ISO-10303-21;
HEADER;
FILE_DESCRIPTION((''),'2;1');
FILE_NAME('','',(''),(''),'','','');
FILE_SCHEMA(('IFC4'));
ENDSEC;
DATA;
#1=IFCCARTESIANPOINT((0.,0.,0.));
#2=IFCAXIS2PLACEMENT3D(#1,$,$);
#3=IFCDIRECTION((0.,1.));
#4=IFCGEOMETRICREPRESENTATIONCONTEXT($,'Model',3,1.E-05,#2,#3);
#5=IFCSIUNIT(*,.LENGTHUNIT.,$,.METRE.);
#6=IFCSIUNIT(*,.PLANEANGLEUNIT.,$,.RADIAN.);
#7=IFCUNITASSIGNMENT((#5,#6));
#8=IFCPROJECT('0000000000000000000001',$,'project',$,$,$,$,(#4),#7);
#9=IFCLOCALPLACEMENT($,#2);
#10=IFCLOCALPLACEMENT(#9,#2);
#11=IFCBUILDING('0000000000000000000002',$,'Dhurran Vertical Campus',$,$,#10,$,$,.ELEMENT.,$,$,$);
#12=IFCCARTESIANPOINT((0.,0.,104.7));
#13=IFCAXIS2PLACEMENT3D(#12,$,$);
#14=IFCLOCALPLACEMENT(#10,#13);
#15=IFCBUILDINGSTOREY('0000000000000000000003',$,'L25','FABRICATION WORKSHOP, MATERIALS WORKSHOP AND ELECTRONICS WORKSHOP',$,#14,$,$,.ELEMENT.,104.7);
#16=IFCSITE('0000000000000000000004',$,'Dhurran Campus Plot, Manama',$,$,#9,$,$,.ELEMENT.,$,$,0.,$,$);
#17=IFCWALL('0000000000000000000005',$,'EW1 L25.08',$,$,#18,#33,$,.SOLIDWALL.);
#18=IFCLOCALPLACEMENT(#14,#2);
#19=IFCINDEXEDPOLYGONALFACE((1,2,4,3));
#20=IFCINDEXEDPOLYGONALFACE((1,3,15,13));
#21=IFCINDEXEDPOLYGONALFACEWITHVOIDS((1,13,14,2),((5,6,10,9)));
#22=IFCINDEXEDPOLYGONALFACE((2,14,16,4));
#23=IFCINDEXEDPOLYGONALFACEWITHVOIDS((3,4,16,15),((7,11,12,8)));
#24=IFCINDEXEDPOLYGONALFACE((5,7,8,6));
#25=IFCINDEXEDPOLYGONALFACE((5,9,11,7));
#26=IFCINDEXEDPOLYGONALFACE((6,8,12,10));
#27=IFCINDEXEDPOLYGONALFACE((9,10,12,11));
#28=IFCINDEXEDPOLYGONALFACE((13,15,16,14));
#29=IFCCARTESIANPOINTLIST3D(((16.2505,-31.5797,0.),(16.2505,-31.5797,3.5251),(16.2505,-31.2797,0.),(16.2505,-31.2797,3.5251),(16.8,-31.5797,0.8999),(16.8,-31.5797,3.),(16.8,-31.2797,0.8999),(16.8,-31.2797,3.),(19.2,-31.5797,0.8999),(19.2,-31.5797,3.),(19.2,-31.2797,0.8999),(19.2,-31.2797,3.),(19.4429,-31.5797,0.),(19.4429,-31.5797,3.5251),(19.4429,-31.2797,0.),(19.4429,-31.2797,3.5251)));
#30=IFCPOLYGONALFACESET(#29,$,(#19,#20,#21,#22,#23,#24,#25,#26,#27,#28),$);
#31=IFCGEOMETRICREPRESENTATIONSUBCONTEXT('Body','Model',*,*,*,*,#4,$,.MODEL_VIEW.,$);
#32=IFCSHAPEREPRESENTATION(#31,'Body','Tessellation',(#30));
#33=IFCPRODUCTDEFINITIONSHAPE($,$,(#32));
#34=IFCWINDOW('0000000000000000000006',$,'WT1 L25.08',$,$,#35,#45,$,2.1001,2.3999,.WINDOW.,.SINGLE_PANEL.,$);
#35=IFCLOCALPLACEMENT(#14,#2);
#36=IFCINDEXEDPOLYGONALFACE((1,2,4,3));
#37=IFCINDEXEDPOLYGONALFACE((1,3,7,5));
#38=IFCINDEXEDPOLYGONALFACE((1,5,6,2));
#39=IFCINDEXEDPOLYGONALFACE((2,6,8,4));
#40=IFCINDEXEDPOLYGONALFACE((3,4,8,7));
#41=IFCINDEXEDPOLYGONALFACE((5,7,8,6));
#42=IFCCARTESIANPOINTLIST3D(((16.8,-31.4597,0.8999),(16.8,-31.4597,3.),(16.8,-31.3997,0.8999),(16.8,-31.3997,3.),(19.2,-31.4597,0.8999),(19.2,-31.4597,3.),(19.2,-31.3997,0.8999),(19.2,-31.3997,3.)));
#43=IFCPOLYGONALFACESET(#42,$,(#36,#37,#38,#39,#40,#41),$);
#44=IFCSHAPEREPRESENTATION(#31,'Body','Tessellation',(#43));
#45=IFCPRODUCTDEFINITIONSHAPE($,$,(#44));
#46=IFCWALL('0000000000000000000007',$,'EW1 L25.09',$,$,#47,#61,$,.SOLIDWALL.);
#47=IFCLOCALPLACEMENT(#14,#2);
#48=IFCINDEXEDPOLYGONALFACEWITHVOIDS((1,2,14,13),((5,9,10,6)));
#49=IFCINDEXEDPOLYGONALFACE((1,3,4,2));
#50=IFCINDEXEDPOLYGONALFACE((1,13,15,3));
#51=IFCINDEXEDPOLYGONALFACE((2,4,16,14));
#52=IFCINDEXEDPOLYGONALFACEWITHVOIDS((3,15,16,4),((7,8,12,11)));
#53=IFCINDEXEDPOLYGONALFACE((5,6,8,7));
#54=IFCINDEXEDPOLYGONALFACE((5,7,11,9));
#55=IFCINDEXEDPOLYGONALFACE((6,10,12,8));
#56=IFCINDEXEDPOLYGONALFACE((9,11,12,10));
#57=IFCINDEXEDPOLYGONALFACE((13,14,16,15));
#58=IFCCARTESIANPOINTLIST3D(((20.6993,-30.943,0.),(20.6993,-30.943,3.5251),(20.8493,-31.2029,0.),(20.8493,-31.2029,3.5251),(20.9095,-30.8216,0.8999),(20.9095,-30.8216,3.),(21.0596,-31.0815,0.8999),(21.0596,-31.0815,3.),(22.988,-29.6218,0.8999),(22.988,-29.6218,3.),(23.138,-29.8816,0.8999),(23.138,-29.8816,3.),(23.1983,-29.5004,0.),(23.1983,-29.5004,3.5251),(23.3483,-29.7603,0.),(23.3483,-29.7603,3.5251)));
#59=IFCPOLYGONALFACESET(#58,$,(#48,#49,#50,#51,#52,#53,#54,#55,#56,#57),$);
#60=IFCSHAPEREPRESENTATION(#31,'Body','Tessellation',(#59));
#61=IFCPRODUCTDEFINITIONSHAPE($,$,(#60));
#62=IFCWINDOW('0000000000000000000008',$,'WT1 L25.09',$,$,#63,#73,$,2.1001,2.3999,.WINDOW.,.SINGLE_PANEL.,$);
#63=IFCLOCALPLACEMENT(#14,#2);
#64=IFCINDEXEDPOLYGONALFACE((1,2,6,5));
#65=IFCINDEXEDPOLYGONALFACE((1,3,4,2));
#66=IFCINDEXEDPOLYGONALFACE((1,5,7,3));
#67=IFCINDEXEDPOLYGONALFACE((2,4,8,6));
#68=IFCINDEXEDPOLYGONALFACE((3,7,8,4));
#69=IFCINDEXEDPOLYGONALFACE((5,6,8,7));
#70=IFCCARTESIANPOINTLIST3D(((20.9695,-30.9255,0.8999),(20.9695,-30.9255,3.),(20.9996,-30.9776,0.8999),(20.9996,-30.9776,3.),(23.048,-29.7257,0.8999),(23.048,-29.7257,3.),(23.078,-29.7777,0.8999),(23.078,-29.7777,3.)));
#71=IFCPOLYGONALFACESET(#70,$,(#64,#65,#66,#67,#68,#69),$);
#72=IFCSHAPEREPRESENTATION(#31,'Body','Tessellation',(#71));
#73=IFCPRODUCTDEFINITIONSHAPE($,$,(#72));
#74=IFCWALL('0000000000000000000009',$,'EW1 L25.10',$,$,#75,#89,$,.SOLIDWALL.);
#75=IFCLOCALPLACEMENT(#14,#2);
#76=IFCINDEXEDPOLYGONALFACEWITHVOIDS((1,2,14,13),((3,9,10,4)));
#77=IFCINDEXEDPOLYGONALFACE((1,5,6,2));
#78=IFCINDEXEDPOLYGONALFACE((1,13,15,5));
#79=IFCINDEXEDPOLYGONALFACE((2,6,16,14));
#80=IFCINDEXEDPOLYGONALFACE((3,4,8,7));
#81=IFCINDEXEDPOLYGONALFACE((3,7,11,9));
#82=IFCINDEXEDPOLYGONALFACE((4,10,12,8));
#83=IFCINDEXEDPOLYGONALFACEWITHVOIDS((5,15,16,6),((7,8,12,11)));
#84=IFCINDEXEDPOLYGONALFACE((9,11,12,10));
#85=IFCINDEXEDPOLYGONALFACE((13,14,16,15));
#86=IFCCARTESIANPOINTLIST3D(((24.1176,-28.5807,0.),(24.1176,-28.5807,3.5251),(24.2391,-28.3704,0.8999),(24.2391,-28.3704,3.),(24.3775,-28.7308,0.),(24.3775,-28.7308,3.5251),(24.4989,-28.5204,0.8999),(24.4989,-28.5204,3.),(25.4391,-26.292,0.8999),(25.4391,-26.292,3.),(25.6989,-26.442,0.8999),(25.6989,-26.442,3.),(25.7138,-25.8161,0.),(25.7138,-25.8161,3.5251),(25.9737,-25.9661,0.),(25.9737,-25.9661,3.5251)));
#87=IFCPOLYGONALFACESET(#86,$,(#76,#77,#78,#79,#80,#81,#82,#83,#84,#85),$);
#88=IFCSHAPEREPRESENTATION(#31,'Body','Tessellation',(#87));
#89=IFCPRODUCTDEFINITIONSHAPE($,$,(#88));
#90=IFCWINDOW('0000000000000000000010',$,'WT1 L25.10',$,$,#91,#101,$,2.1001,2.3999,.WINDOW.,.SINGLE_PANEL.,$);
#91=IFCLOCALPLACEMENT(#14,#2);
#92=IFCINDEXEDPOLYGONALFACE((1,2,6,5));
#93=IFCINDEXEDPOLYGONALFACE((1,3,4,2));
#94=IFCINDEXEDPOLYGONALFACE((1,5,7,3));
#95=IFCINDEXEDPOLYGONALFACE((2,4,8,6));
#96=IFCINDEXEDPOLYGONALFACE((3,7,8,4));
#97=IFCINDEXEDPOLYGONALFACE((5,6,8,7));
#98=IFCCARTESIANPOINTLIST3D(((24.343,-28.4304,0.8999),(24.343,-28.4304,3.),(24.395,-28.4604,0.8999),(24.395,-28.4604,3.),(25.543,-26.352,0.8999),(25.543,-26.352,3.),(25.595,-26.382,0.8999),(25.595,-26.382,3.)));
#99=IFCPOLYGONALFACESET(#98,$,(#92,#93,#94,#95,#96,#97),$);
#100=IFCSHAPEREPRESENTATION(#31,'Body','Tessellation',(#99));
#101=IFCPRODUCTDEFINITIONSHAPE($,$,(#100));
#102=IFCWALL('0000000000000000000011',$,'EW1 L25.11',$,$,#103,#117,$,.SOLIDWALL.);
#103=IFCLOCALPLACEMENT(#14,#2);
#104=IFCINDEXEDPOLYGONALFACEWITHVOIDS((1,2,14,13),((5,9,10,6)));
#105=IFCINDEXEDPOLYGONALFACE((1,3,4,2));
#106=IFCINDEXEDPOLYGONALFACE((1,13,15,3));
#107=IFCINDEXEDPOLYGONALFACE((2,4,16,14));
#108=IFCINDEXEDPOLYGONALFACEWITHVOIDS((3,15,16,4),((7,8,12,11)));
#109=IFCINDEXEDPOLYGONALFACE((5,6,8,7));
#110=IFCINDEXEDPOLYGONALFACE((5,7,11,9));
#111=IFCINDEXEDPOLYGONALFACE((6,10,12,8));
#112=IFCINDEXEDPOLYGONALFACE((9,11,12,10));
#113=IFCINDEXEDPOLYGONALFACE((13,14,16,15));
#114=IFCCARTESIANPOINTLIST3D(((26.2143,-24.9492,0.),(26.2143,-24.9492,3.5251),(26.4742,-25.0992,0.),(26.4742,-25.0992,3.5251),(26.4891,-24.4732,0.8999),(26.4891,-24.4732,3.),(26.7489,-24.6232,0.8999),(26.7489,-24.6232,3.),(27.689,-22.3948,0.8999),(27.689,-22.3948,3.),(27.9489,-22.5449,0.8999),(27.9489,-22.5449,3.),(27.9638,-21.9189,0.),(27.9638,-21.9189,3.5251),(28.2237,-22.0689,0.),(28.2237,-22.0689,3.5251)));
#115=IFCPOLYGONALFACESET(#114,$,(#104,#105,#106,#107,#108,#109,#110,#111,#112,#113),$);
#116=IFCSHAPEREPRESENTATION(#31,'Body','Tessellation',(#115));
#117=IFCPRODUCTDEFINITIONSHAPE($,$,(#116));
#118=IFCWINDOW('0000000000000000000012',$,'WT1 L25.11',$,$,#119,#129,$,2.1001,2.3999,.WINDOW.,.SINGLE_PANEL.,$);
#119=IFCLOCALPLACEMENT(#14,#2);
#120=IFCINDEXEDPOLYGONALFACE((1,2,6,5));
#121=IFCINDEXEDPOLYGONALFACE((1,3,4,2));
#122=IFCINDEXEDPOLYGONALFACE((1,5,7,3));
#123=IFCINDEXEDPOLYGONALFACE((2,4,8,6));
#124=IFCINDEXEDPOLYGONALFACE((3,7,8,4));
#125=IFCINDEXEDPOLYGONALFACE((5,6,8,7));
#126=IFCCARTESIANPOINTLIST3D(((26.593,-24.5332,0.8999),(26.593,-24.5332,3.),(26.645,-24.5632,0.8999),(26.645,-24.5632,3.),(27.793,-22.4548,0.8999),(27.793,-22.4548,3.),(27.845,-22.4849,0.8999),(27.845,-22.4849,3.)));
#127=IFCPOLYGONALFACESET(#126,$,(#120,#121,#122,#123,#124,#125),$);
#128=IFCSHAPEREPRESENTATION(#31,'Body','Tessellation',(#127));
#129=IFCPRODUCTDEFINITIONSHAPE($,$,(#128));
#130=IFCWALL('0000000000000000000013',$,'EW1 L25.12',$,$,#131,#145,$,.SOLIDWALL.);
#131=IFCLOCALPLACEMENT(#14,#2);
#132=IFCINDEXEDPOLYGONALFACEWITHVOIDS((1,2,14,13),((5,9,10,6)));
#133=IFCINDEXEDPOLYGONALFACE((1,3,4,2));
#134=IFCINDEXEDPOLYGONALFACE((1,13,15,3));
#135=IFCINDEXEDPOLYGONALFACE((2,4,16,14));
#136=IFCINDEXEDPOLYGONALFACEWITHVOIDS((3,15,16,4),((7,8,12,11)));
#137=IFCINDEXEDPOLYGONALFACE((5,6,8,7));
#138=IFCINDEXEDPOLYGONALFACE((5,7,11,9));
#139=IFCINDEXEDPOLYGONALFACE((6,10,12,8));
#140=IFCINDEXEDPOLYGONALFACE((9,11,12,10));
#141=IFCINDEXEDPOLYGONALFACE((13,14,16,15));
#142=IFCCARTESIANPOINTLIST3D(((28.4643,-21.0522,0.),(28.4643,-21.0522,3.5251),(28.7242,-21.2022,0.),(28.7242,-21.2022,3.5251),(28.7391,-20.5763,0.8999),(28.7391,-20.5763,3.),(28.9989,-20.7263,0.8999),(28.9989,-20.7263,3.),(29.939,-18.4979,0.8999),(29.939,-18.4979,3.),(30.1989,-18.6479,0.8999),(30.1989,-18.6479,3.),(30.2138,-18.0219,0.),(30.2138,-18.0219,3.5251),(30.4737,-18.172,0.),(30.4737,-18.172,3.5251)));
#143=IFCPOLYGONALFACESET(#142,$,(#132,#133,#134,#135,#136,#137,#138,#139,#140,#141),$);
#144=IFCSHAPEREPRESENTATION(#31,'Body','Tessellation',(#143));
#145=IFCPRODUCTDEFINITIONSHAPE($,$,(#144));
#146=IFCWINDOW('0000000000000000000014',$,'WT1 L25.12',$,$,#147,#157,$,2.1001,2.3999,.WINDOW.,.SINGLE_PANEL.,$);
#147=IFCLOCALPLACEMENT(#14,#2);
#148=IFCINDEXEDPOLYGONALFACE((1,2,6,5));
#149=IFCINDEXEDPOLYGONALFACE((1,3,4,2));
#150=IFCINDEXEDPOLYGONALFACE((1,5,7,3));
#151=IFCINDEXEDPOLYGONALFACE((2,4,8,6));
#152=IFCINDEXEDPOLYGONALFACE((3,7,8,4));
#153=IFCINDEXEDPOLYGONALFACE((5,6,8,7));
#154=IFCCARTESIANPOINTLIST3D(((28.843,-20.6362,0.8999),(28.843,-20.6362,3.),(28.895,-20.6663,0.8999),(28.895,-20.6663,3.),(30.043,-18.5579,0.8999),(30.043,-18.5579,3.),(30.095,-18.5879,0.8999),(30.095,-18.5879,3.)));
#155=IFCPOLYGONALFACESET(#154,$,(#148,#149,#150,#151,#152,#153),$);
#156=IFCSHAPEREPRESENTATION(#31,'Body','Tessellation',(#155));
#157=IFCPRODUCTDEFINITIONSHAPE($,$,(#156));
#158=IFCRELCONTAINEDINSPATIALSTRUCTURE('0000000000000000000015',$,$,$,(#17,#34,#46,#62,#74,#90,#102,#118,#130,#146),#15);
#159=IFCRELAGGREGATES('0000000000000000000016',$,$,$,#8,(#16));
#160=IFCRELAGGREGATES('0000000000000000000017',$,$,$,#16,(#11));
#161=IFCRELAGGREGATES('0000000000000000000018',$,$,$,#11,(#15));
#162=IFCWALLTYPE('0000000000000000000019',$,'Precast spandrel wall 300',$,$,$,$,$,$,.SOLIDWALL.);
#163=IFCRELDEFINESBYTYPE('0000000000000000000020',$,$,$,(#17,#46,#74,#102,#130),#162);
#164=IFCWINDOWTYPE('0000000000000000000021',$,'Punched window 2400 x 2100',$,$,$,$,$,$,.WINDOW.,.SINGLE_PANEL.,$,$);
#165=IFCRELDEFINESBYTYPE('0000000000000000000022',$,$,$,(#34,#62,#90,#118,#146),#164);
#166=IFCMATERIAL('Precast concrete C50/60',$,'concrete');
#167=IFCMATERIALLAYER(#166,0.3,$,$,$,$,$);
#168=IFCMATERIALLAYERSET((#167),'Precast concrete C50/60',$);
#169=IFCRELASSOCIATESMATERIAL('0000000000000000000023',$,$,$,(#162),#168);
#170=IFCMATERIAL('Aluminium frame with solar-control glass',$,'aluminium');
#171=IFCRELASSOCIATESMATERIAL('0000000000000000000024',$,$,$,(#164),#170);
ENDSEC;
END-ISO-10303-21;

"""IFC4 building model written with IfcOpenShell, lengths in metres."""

from ifc_helpers import new_model, si_unit, direction, frame, frame_2d, origin, place, context, subcontext, project, spatial, rectangle, extrude, material, layer, layer_set, type_object, element, fill, save


model = new_model("IFC4")

# Units and contexts
model_context = context("Model", 3, precision=1e-05, world=origin(), true_north=direction((0.0, 1.0)))
body_context = subcontext(model_context, "Body", "Model", "MODEL_VIEW")
ifc_project = project(units=[si_unit("LENGTHUNIT", "METRE"), si_unit("PLANEANGLEUNIT", "RADIAN")], contexts=[model_context])

# Site, building, storey
site_placement = place(None, origin())
site = spatial("IfcSite", under=ifc_project, at=site_placement, Name="Dhurran Campus Plot, Manama", CompositionType="ELEMENT", RefElevation=0.0)
building_placement = place(site_placement, origin())
building = spatial("IfcBuilding", under=site, at=building_placement, Name="Dhurran Vertical Campus", CompositionType="ELEMENT")
storey_placement = place(building_placement, frame((0.0, 0.0, 104.7)))
storey = spatial("IfcBuildingStorey", under=building, at=storey_placement, Name="L25", Description="FABRICATION WORKSHOP, MATERIALS WORKSHOP AND ELECTRONICS WORKSHOP", CompositionType="ELEMENT", Elevation=104.7)

# Walls, openings, windows
ifc_material_1 = material(Name="Precast concrete C50/60", Category="concrete")
ifc_layer_1 = layer(ifc_material_1, 0.3)
ifc_layer_set_1 = layer_set([ifc_layer_1], Name="Precast concrete C50/60")
wall_type_1 = type_object("IfcWallType", Name="Precast spandrel wall 300", PredefinedType="SOLIDWALL", material=ifc_layer_set_1)
wall_1_placement = place(storey_placement, frame((16.2505, -31.4297, 0.0), z_axis=(0.0, 0.0, 1.0), x_axis=(1.0, 0.0, 0.0)))
wall_1 = element("IfcWall", 1, at=wall_1_placement, inside=storey, type_object=wall_type_1, Name="EW1 L25.08", PredefinedType="SOLIDWALL", context=body_context, shape_type="SweptSolid", body=[
    extrude(rectangle(XDim=3.1924, YDim=0.3, at=frame_2d((1.5962, 0.0))), origin(), (0.0, 0.0, 1.0), 3.5251),
])
opening_1_placement = place(wall_1_placement, frame((0.5496, 0.0, 0.8999)))
opening_1 = element("IfcOpeningElement", 2, at=opening_1_placement, cuts=wall_1, PredefinedType="OPENING", context=body_context, shape_type="SweptSolid", body=[
    extrude(rectangle(XDim=2.3999, YDim=2.1001, at=frame_2d((1.2, 1.05))), frame((0.0, 0.1599, 0.0), z_axis=(0.0, -1.0, 0.0), x_axis=(1.0, 0.0, 0.0)), (0.0, 0.0, 1.0), 0.3201),
])
ifc_material_2 = material(Name="Aluminium frame with solar-control glass", Category="aluminium")
window_type = type_object("IfcWindowType", Name="Punched window 2400 x 2100", PartitioningType="SINGLE_PANEL", PredefinedType="WINDOW", material=ifc_material_2)
window_1_placement = place(opening_1_placement, origin())
window_1 = element("IfcWindow", 3, at=window_1_placement, inside=storey, type_object=window_type, Name="WT1 L25.08", OverallHeight=2.1001, OverallWidth=2.3999, PartitioningType="SINGLE_PANEL", PredefinedType="WINDOW", context=body_context, shape_type="SweptSolid", body=[
    extrude(rectangle(XDim=2.3999, YDim=2.1001, at=frame_2d((1.2, 1.05))), frame((0.0, 0.03, 0.0), z_axis=(0.0, -1.0, 0.0), x_axis=(1.0, 0.0, 0.0)), (0.0, 0.0, 1.0), 0.0601),
])
fill(opening_1, window_1)
wall_2_placement = place(storey_placement, frame((20.7742, -31.073, 0.0), z_axis=(0.0, 0.0, 1.0), x_axis=(0.866053, 0.499952, 0.0)))
wall_2 = element("IfcWall", 4, at=wall_2_placement, inside=storey, type_object=wall_type_1, Name="EW1 L25.09", PredefinedType="SOLIDWALL", context=body_context, shape_type="SweptSolid", body=[
    extrude(rectangle(XDim=2.8855, YDim=0.3, at=frame_2d((1.4429, 0.0))), origin(), (0.0, 0.0, 1.0), 3.5251),
])
opening_2_placement = place(wall_2_placement, frame((0.2429, 0.0, 0.8999)))
opening_2 = element("IfcOpeningElement", 5, at=opening_2_placement, cuts=wall_2, PredefinedType="OPENING", context=body_context, shape_type="SweptSolid", body=[
    extrude(rectangle(XDim=2.3999, YDim=2.1001, at=frame_2d((1.2, 1.05))), frame((0.0, 0.1599, 0.0), z_axis=(0.0, -1.0, 0.0), x_axis=(1.0, 0.0, 0.0)), (0.0, 0.0, 1.0), 0.3201),
])
window_2_placement = place(opening_2_placement, origin())
window_2 = element("IfcWindow", 6, at=window_2_placement, inside=storey, type_object=window_type, Name="WT1 L25.09", OverallHeight=2.1001, OverallWidth=2.3999, PartitioningType="SINGLE_PANEL", PredefinedType="WINDOW", context=body_context, shape_type="SweptSolid", body=[
    extrude(rectangle(XDim=2.3999, YDim=2.1001, at=frame_2d((1.2, 1.05))), frame((0.0, 0.03, 0.0), z_axis=(0.0, -1.0, 0.0), x_axis=(1.0, 0.0, 0.0)), (0.0, 0.0, 1.0), 0.0601),
])
fill(opening_2, window_2)
wall_3_placement = place(storey_placement, frame((24.2476, -28.6558, 0.0), z_axis=(0.0, 0.0, 1.0), x_axis=(0.500005, 0.866023, 0.0)))
wall_3 = element("IfcWall", 7, at=wall_3_placement, inside=storey, type_object=wall_type_1, Name="EW1 L25.10", PredefinedType="SOLIDWALL", context=body_context, shape_type="SweptSolid", body=[
    extrude(rectangle(XDim=3.1924, YDim=0.3, at=frame_2d((1.5962, 0.0))), origin(), (0.0, 0.0, 1.0), 3.5251),
])
opening_3_placement = place(wall_3_placement, frame((0.2429, 0.0, 0.8999)))
opening_3 = element("IfcOpeningElement", 8, at=opening_3_placement, cuts=wall_3, PredefinedType="OPENING", context=body_context, shape_type="SweptSolid", body=[
    extrude(rectangle(XDim=2.3999, YDim=2.1001, at=frame_2d((1.2, 1.05))), frame((0.0, 0.1599, 0.0), z_axis=(0.0, -1.0, 0.0), x_axis=(1.0, 0.0, 0.0)), (0.0, 0.0, 1.0), 0.3201),
])
window_3_placement = place(opening_3_placement, origin())
window_3 = element("IfcWindow", 9, at=window_3_placement, inside=storey, type_object=window_type, Name="WT1 L25.10", OverallHeight=2.1001, OverallWidth=2.3999, PartitioningType="SINGLE_PANEL", PredefinedType="WINDOW", context=body_context, shape_type="SweptSolid", body=[
    extrude(rectangle(XDim=2.3999, YDim=2.1001, at=frame_2d((1.2, 1.05))), frame((0.0, 0.03, 0.0), z_axis=(0.0, -1.0, 0.0), x_axis=(1.0, 0.0, 0.0)), (0.0, 0.0, 1.0), 0.0601),
])
fill(opening_3, window_3)
wall_4_placement = place(storey_placement, frame((26.3442, -25.0242, 0.0), z_axis=(0.0, 0.0, 1.0), x_axis=(0.499996, 0.866028, 0.0)))
wall_4 = element("IfcWall", 10, at=wall_4_placement, inside=storey, type_object=wall_type_1, Name="EW1 L25.11", PredefinedType="SOLIDWALL", context=body_context, shape_type="SweptSolid", body=[
    extrude(rectangle(XDim=3.499, YDim=0.3, at=frame_2d((1.7495, 0.0))), origin(), (0.0, 0.0, 1.0), 3.5251),
])
opening_4_placement = place(wall_4_placement, frame((0.5496, 0.0, 0.8999)))
opening_4 = element("IfcOpeningElement", 11, at=opening_4_placement, cuts=wall_4, PredefinedType="OPENING", context=body_context, shape_type="SweptSolid", body=[
    extrude(rectangle(XDim=2.3999, YDim=2.1001, at=frame_2d((1.2, 1.05))), frame((0.0, 0.1599, 0.0), z_axis=(0.0, -1.0, 0.0), x_axis=(1.0, 0.0, 0.0)), (0.0, 0.0, 1.0), 0.3201),
])
window_4_placement = place(opening_4_placement, origin())
window_4 = element("IfcWindow", 12, at=window_4_placement, inside=storey, type_object=window_type, Name="WT1 L25.11", OverallHeight=2.1001, OverallWidth=2.3999, PartitioningType="SINGLE_PANEL", PredefinedType="WINDOW", context=body_context, shape_type="SweptSolid", body=[
    extrude(rectangle(XDim=2.3999, YDim=2.1001, at=frame_2d((1.2, 1.05))), frame((0.0, 0.03, 0.0), z_axis=(0.0, -1.0, 0.0), x_axis=(1.0, 0.0, 0.0)), (0.0, 0.0, 1.0), 0.0601),
])
fill(opening_4, window_4)
wall_5_placement = place(storey_placement, frame((28.5942, -21.1272, 0.0), z_axis=(0.0, 0.0, 1.0), x_axis=(0.499996, 0.866028, 0.0)))
wall_5 = element("IfcWall", 13, at=wall_5_placement, inside=storey, type_object=wall_type_1, Name="EW1 L25.12", PredefinedType="SOLIDWALL", context=body_context, shape_type="SweptSolid", body=[
    extrude(rectangle(XDim=3.499, YDim=0.3, at=frame_2d((1.7495, 0.0))), origin(), (0.0, 0.0, 1.0), 3.5251),
])
opening_5_placement = place(wall_5_placement, frame((0.5496, 0.0, 0.8999)))
opening_5 = element("IfcOpeningElement", 14, at=opening_5_placement, cuts=wall_5, PredefinedType="OPENING", context=body_context, shape_type="SweptSolid", body=[
    extrude(rectangle(XDim=2.3999, YDim=2.1001, at=frame_2d((1.2, 1.05))), frame((0.0, 0.1599, 0.0), z_axis=(0.0, -1.0, 0.0), x_axis=(1.0, 0.0, 0.0)), (0.0, 0.0, 1.0), 0.3201),
])
window_5_placement = place(opening_5_placement, origin())
window_5 = element("IfcWindow", 15, at=window_5_placement, inside=storey, type_object=window_type, Name="WT1 L25.12", OverallHeight=2.1001, OverallWidth=2.3999, PartitioningType="SINGLE_PANEL", PredefinedType="WINDOW", context=body_context, shape_type="SweptSolid", body=[
    extrude(rectangle(XDim=2.3999, YDim=2.1001, at=frame_2d((1.2, 1.05))), frame((0.0, 0.03, 0.0), z_axis=(0.0, -1.0, 0.0), x_axis=(1.0, 0.0, 0.0)), (0.0, 0.0, 1.0), 0.0601),
])
fill(opening_5, window_5)

save(model, "model.ifc")
